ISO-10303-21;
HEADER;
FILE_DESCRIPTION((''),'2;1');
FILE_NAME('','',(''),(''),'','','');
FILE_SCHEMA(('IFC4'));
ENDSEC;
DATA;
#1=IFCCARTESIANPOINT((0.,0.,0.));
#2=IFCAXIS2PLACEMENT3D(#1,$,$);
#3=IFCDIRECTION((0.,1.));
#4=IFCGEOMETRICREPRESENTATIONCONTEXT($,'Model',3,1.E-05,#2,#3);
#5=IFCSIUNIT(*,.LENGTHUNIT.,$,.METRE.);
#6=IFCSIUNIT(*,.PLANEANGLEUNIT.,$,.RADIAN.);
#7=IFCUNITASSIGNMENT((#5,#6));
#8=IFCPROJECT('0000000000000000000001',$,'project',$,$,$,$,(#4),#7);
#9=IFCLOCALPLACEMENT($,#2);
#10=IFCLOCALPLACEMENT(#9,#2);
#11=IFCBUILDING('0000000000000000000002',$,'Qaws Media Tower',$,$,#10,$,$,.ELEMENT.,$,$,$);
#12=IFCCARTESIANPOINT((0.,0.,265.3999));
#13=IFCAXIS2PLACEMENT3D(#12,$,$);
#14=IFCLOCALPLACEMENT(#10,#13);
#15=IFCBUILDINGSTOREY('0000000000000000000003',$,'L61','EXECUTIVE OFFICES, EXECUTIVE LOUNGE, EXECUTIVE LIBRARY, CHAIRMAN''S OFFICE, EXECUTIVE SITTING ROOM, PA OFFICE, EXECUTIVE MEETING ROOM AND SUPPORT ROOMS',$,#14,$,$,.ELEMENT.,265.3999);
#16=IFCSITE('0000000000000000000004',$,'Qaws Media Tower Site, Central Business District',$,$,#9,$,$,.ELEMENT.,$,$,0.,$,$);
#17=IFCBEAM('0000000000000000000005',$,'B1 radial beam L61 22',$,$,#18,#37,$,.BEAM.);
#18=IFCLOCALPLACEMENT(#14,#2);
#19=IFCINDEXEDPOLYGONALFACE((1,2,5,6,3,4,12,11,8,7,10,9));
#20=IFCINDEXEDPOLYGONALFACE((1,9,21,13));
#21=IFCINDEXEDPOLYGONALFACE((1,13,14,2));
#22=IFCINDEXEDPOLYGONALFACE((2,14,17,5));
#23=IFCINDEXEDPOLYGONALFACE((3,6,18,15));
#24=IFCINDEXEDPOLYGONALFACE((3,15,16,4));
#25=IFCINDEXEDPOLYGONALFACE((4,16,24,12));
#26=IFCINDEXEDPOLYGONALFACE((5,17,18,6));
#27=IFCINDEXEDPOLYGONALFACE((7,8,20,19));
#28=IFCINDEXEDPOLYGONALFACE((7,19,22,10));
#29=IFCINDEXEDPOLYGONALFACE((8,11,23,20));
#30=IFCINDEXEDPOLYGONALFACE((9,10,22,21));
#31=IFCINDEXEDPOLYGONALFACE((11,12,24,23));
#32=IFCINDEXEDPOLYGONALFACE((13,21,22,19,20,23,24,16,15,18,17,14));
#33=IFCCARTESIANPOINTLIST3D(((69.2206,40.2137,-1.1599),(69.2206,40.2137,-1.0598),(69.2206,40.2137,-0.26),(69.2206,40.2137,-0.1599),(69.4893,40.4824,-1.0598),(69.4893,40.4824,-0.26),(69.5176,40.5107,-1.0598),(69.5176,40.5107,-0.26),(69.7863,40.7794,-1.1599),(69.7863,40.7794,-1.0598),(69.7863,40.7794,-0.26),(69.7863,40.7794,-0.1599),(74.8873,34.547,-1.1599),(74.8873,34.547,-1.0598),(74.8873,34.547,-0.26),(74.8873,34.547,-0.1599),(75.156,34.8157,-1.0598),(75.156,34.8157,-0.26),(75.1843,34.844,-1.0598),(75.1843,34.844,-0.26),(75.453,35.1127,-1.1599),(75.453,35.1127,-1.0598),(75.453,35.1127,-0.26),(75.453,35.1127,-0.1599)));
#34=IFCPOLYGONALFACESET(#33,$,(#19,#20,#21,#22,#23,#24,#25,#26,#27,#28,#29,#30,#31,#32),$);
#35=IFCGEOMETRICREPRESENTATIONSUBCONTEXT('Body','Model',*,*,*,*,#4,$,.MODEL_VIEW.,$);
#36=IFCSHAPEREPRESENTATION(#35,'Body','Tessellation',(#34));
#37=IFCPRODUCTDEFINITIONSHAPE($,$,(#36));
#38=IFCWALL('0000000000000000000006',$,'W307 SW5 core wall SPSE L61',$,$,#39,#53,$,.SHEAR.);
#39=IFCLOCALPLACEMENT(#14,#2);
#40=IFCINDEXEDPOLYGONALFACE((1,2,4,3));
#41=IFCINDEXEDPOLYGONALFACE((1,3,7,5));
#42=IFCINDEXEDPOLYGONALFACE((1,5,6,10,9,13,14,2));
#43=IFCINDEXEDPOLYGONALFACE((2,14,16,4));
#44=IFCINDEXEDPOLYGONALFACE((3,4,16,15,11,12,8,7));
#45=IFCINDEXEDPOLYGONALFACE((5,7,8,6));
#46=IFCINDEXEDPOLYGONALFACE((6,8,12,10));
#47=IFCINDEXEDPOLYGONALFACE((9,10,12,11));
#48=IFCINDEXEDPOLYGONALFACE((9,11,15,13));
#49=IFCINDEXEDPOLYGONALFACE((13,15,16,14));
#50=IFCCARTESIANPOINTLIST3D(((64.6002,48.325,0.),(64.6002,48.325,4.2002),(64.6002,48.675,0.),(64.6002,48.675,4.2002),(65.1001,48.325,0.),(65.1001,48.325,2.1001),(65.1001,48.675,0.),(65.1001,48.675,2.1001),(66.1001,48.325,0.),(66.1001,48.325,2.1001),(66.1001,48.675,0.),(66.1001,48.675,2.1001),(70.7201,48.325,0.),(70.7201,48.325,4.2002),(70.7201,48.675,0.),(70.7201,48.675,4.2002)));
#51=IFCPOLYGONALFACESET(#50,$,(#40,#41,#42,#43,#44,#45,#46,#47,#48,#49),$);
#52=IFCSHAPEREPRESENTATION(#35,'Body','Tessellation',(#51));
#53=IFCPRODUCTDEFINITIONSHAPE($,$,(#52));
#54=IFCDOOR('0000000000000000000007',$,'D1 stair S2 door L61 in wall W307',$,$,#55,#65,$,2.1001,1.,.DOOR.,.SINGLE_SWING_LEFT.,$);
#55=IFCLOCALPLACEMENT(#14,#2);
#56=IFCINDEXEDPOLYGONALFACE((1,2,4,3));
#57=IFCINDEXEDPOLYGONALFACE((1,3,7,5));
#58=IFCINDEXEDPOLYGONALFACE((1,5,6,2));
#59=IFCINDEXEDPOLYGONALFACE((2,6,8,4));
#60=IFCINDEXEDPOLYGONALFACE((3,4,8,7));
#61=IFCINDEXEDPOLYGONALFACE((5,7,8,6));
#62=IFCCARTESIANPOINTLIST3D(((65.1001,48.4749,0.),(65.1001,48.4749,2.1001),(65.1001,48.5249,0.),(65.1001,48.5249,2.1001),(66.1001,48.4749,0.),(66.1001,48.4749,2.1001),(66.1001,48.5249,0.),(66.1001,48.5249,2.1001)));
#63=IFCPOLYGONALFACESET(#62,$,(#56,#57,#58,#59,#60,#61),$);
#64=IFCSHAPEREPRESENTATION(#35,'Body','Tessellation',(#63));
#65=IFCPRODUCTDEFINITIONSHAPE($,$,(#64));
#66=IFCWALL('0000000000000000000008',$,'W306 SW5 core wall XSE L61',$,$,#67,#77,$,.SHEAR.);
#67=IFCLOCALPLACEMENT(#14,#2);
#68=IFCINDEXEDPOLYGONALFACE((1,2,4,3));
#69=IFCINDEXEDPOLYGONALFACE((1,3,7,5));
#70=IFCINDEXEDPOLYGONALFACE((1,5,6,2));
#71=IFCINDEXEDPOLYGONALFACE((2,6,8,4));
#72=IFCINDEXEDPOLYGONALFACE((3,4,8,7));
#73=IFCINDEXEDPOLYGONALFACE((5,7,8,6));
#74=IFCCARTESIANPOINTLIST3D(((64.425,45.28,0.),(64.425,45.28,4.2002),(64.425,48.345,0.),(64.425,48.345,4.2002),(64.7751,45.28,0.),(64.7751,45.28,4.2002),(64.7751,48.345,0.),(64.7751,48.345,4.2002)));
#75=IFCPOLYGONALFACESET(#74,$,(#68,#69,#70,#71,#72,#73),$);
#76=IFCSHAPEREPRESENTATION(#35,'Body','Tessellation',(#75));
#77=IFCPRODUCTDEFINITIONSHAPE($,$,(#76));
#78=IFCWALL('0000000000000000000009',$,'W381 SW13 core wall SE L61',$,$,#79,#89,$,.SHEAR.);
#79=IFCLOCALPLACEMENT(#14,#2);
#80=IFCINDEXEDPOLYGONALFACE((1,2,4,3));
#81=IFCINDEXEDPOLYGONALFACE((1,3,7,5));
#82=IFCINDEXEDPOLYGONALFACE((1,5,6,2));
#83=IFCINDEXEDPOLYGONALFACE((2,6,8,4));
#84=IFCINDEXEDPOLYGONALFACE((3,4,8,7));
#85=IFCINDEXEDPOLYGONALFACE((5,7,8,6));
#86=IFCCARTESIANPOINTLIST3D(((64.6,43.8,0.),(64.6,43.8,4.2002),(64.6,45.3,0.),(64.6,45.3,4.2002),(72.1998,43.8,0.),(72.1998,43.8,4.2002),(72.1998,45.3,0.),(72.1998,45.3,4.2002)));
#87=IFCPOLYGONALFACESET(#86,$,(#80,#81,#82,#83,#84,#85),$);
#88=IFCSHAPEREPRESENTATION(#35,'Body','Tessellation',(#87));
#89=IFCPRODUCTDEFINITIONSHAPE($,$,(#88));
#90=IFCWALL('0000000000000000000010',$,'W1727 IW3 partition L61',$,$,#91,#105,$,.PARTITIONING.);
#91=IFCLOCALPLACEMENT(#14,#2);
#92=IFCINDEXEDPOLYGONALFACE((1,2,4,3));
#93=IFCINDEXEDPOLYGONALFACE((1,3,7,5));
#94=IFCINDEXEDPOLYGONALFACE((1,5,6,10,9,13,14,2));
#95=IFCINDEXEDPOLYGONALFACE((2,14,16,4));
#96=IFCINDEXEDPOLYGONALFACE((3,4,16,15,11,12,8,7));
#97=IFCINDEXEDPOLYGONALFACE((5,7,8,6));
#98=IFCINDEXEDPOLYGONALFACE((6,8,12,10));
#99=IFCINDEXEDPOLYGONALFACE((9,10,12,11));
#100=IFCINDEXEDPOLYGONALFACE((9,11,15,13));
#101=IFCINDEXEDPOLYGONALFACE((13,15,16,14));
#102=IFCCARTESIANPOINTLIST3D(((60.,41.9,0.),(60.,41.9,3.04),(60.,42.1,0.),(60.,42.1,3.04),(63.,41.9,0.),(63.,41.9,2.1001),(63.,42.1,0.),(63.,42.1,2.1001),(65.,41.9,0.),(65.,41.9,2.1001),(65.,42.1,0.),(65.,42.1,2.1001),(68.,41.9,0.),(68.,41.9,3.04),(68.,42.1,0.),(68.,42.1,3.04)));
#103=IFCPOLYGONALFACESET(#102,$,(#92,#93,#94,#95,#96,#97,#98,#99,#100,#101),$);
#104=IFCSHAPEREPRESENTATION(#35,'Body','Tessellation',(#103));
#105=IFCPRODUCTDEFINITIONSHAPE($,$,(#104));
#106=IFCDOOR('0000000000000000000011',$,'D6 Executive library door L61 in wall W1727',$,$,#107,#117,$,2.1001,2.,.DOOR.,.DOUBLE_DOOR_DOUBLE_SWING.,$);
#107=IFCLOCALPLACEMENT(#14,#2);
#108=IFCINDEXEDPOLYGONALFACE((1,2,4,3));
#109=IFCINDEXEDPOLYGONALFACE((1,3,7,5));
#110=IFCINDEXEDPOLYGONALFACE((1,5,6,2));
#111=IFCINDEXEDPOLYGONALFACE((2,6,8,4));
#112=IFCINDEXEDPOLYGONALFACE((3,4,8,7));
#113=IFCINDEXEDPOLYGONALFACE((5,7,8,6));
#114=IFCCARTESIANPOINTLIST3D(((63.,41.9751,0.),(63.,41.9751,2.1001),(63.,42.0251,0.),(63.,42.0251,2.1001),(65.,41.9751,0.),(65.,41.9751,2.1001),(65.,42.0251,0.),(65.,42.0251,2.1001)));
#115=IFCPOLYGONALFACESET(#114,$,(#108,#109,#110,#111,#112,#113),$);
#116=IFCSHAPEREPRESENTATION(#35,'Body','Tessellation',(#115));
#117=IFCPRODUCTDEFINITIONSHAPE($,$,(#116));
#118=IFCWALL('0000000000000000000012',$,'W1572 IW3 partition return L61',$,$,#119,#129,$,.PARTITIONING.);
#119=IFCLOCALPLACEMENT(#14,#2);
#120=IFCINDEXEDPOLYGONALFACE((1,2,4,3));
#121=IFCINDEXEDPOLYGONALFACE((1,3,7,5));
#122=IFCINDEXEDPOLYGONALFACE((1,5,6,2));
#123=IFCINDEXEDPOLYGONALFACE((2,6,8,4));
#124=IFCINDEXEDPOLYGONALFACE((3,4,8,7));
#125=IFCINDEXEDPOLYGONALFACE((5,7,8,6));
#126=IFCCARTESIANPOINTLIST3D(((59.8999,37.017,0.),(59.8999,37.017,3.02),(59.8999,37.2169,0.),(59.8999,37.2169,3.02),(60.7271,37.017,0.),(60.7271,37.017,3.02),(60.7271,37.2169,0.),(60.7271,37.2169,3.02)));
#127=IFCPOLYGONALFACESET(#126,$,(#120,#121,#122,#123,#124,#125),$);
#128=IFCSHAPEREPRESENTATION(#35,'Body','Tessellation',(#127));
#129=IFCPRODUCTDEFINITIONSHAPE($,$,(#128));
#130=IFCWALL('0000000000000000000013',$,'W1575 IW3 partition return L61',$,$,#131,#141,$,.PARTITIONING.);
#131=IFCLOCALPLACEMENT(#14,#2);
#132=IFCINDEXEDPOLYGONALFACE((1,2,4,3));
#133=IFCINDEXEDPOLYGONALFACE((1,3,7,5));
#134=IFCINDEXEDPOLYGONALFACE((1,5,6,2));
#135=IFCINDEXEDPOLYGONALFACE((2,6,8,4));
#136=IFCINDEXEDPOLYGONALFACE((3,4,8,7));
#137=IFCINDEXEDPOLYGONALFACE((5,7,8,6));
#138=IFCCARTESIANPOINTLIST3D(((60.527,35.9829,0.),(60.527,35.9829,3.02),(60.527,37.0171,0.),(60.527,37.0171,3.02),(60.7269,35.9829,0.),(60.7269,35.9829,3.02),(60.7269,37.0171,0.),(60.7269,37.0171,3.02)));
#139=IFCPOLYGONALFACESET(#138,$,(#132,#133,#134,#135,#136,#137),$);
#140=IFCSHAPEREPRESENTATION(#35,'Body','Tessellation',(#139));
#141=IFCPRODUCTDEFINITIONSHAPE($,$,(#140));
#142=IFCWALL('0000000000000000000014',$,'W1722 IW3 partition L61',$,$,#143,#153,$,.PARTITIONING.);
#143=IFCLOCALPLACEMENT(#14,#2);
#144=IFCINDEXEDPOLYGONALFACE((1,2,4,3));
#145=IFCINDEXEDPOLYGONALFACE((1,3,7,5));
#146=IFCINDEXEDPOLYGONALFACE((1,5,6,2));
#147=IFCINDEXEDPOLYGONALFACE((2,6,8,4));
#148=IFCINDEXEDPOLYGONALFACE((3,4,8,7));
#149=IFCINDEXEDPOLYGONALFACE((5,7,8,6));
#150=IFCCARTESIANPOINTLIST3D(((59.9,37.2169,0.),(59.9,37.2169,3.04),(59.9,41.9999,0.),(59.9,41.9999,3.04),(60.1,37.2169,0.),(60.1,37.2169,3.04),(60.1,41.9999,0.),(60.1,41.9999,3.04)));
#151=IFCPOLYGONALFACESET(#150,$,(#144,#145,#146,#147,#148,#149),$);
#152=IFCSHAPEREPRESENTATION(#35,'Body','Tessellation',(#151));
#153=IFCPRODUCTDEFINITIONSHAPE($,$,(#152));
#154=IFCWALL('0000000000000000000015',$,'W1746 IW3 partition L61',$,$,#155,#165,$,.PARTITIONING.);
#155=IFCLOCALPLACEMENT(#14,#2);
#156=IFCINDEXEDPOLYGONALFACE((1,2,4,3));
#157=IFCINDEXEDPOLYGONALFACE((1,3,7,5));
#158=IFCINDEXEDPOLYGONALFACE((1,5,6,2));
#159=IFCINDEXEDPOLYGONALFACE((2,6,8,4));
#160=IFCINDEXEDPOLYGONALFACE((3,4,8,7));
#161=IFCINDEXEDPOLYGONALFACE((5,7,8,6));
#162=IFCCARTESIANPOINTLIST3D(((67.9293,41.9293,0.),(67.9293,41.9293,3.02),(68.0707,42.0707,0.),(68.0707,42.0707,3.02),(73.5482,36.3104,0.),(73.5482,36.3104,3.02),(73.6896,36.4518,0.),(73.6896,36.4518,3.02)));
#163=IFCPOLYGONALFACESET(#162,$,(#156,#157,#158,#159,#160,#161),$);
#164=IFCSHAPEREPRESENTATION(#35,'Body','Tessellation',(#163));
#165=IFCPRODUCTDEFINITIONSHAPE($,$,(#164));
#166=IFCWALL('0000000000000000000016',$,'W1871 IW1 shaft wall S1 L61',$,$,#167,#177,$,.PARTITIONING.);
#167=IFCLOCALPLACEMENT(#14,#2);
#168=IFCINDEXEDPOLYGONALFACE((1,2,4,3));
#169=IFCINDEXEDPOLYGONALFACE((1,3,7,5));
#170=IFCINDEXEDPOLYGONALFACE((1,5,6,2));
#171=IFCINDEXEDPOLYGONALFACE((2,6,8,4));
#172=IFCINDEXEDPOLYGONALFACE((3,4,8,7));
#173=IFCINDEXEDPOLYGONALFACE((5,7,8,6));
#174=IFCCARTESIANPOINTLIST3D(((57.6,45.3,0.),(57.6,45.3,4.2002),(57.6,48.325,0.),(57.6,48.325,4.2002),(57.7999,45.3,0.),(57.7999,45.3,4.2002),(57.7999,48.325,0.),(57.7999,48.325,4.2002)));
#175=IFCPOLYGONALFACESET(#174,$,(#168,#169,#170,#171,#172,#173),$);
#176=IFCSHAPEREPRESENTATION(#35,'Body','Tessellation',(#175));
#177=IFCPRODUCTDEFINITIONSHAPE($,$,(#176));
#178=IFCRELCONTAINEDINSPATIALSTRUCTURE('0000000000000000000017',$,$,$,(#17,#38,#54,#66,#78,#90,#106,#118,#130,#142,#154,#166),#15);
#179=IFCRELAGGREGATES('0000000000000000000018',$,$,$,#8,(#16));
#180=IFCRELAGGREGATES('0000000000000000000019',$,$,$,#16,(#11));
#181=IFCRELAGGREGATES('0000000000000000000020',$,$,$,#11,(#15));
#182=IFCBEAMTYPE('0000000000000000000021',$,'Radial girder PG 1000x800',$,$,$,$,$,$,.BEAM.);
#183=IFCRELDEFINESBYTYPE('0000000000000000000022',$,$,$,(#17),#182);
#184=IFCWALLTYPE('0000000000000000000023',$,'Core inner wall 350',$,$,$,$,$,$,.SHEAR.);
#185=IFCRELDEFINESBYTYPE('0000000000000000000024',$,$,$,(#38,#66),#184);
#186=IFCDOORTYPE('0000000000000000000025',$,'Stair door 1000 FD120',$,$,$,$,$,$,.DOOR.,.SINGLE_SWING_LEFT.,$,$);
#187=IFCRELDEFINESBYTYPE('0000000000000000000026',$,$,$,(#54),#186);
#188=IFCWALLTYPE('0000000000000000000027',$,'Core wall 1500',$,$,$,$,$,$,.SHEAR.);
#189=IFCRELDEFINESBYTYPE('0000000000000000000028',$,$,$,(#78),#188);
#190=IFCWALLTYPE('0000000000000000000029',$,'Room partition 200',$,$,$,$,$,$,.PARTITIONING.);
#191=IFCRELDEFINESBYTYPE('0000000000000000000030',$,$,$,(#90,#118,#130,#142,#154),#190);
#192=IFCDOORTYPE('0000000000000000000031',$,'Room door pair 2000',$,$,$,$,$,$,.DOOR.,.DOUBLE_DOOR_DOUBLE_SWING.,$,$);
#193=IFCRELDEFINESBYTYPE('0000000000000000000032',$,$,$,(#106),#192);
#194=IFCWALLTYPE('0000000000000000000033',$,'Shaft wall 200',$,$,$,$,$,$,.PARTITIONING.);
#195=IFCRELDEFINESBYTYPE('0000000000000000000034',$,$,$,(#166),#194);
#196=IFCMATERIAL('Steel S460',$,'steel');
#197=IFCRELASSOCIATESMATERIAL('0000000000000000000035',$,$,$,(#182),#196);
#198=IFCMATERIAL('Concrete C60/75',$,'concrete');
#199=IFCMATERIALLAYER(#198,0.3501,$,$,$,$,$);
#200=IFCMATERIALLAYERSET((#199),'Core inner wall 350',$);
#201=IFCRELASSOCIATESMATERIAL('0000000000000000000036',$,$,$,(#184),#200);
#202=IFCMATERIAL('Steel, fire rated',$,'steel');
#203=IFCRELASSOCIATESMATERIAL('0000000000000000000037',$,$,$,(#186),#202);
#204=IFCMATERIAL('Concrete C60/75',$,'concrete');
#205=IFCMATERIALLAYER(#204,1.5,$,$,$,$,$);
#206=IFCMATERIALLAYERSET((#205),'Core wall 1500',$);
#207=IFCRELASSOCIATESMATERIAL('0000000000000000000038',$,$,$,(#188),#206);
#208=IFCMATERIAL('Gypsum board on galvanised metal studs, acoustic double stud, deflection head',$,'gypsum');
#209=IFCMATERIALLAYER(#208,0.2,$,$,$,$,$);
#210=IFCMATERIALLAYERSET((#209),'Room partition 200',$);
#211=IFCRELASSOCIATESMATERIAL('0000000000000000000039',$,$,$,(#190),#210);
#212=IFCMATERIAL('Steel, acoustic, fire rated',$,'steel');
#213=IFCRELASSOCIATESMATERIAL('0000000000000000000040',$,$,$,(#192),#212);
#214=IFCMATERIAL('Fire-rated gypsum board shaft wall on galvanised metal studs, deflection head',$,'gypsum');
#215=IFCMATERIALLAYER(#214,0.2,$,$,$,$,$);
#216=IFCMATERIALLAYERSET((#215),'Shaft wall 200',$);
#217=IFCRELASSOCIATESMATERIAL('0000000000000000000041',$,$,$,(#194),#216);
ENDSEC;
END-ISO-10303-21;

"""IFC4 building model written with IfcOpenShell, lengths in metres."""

from ifc_helpers import new_model, si_unit, direction, frame, frame_2d, origin, origin_2d, place, context, subcontext, project, spatial, rectangle, i_section, extrude, material, layer, layer_set, material_profile, profile_set, type_object, element, fill, save


model = new_model("IFC4")

# Units and contexts
model_context = context("Model", 3, precision=1e-05, world=origin(), true_north=direction((0.0, 1.0)))
body_context = subcontext(model_context, "Body", "Model", "MODEL_VIEW")
ifc_project = project(units=[si_unit("LENGTHUNIT", "METRE"), si_unit("PLANEANGLEUNIT", "RADIAN")], contexts=[model_context])

# Site, building, storey
site_placement = place(None, origin())
site = spatial("IfcSite", under=ifc_project, at=site_placement, Name="Qaws Media Tower Site, Central Business District", CompositionType="ELEMENT", RefElevation=0.0)
building_placement = place(site_placement, origin())
building = spatial("IfcBuilding", under=site, at=building_placement, Name="Qaws Media Tower", CompositionType="ELEMENT")
storey_placement = place(building_placement, frame((0.0, 0.0, 265.3999)))
storey = spatial("IfcBuildingStorey", under=building, at=storey_placement, Name="L61", Description="EXECUTIVE OFFICES, EXECUTIVE LOUNGE, EXECUTIVE LIBRARY, CHAIRMAN'S OFFICE, EXECUTIVE SITTING ROOM, PA OFFICE, EXECUTIVE MEETING ROOM AND SUPPORT ROOMS", CompositionType="ELEMENT", Elevation=265.3999)

# Beam
ifc_material_1 = material(Name="Steel S460", Category="steel")
ifc_material_profile_1 = material_profile(ifc_material_1, i_section(OverallWidth=0.8, OverallDepth=1.0, WebThickness=0.04, FlangeThickness=0.1001, at=origin_2d()), Name="PG 1000x800")
ifc_profile_set_1 = profile_set([ifc_material_profile_1], Name="Steel S460")
beam_type_1 = type_object("IfcBeamType", Name="Radial girder PG 1000x800", PredefinedType="BEAM", material=ifc_profile_set_1)
beam_1_placement = place(storey_placement, frame((69.5034, 40.4966, -0.6599), z_axis=(0.707107, -0.707107, 0.0), x_axis=(0.707107, 0.707107, 0.0)))
element("IfcBeam", 1, at=beam_1_placement, inside=storey, type_object=beam_type_1, Name="B1 radial beam L61 22", PredefinedType="BEAM", context=body_context, shape_type="SweptSolid", body=[
    extrude(i_section(OverallWidth=0.8, OverallDepth=1.0, WebThickness=0.04, FlangeThickness=0.1001, at=origin_2d()), origin(), (0.0, 0.0, 1.0), 8.0139),
])

# Wall, opening, door
ifc_material_2 = material(Name="Concrete C60/75", Category="concrete")
ifc_layer_1 = layer(ifc_material_2, 0.3501)
ifc_layer_set_1 = layer_set([ifc_layer_1], Name="Core inner wall 350")
wall_type_1 = type_object("IfcWallType", Name="Core inner wall 350", PredefinedType="SHEAR", material=ifc_layer_set_1)
wall_1_placement = place(storey_placement, frame((64.6001, 48.5, 0.0), z_axis=(0.0, 0.0, 1.0), x_axis=(1.0, 0.0, 0.0)))
wall_1 = element("IfcWall", 2, at=wall_1_placement, inside=storey, type_object=wall_type_1, Name="W307 SW5 core wall SPSE L61", PredefinedType="SHEAR", context=body_context, shape_type="SweptSolid", body=[
    extrude(rectangle(XDim=6.1199, YDim=0.3501, at=frame_2d((3.0601, 0.0))), origin(), (0.0, 0.0, 1.0), 4.2002),
])
opening_1_placement = place(wall_1_placement, frame((0.5, 0.0, 0.0)))
opening_1 = element("IfcOpeningElement", 3, at=opening_1_placement, cuts=wall_1, PredefinedType="OPENING", context=body_context, shape_type="SweptSolid", body=[
    extrude(rectangle(XDim=1.0, YDim=2.1001, at=frame_2d((0.5, 1.05))), frame((0.0, 0.1851, 0.0), z_axis=(0.0, -1.0, 0.0), x_axis=(1.0, 0.0, 0.0)), (0.0, 0.0, 1.0), 0.3701),
])
ifc_material_3 = material(Name="Steel, fire rated", Category="steel")
door_type_1 = type_object("IfcDoorType", Name="Stair door 1000 FD120", OperationType="SINGLE_SWING_LEFT", PredefinedType="DOOR", material=ifc_material_3)
door_1_placement = place(opening_1_placement, origin())
door_1 = element("IfcDoor", 4, at=door_1_placement, inside=storey, type_object=door_type_1, Name="D1 stair S2 door L61 in wall W307", OperationType="SINGLE_SWING_LEFT", OverallHeight=2.1001, OverallWidth=1.0, PredefinedType="DOOR", context=body_context, shape_type="SweptSolid", body=[
    extrude(rectangle(XDim=1.0, YDim=2.1001, at=frame_2d((0.5, 1.05))), frame((0.0, 0.0249, 0.0), z_axis=(0.0, -1.0, 0.0), x_axis=(1.0, 0.0, 0.0)), (0.0, 0.0, 1.0), 0.05),
])
fill(opening_1, door_1)

# Walls
wall_2_placement = place(storey_placement, frame((64.6001, 48.345, 0.0), z_axis=(0.0, 0.0, 1.0), x_axis=(0.0, -1.0, 0.0)))
element("IfcWall", 5, at=wall_2_placement, inside=storey, type_object=wall_type_1, Name="W306 SW5 core wall XSE L61", PredefinedType="SHEAR", context=body_context, shape_type="SweptSolid", body=[
    extrude(rectangle(XDim=3.0649, YDim=0.3501, at=frame_2d((1.5325, 0.0))), origin(), (0.0, 0.0, 1.0), 4.2002),
])
ifc_material_4 = material(Name="Concrete C60/75", Category="concrete")
ifc_layer_2 = layer(ifc_material_4, 1.5)
ifc_layer_set_2 = layer_set([ifc_layer_2], Name="Core wall 1500")
wall_type_2 = type_object("IfcWallType", Name="Core wall 1500", PredefinedType="SHEAR", material=ifc_layer_set_2)
wall_3_placement = place(storey_placement, frame((64.6001, 44.55, 0.0), z_axis=(0.0, 0.0, 1.0), x_axis=(1.0, 0.0, 0.0)))
element("IfcWall", 6, at=wall_3_placement, inside=storey, type_object=wall_type_2, Name="W381 SW13 core wall SE L61", PredefinedType="SHEAR", context=body_context, shape_type="SweptSolid", body=[
    extrude(rectangle(XDim=7.5999, YDim=1.5, at=frame_2d((3.7998, 0.0))), origin(), (0.0, 0.0, 1.0), 4.2002),
])

# Wall, opening, door
ifc_material_5 = material(Name="Gypsum board on galvanised metal studs, acoustic double stud, deflection head", Category="gypsum")
ifc_layer_3 = layer(ifc_material_5, 0.2)
ifc_layer_set_3 = layer_set([ifc_layer_3], Name="Room partition 200")
wall_type_3 = type_object("IfcWallType", Name="Room partition 200", PredefinedType="PARTITIONING", material=ifc_layer_set_3)
wall_4_placement = place(storey_placement, frame((68.0, 42.0, 0.0), z_axis=(0.0, 0.0, 1.0), x_axis=(-1.0, 0.0, 0.0)))
wall_4 = element("IfcWall", 7, at=wall_4_placement, inside=storey, type_object=wall_type_3, Name="W1727 IW3 partition L61", PredefinedType="PARTITIONING", context=body_context, shape_type="SweptSolid", body=[
    extrude(rectangle(XDim=8.0, YDim=0.2, at=frame_2d((4.0, 0.0))), origin(), (0.0, 0.0, 1.0), 3.04),
])
opening_2_placement = place(wall_4_placement, frame((3.0, 0.0, 0.0)))
opening_2 = element("IfcOpeningElement", 8, at=opening_2_placement, cuts=wall_4, PredefinedType="OPENING", context=body_context, shape_type="SweptSolid", body=[
    extrude(rectangle(XDim=2.0, YDim=2.1001, at=frame_2d((1.0, 1.05))), frame((0.0, 0.1099, 0.0), z_axis=(0.0, -1.0, 0.0), x_axis=(1.0, 0.0, 0.0)), (0.0, 0.0, 1.0), 0.22),
])
ifc_material_6 = material(Name="Steel, acoustic, fire rated", Category="steel")
door_type_2 = type_object("IfcDoorType", Name="Room door pair 2000", OperationType="DOUBLE_DOOR_DOUBLE_SWING", PredefinedType="DOOR", material=ifc_material_6)
door_2_placement = place(opening_2_placement, origin())
door_2 = element("IfcDoor", 9, at=door_2_placement, inside=storey, type_object=door_type_2, Name="D6 Executive library door L61 in wall W1727", OperationType="DOUBLE_DOOR_DOUBLE_SWING", OverallHeight=2.1001, OverallWidth=2.0, PredefinedType="DOOR", context=body_context, shape_type="SweptSolid", body=[
    extrude(rectangle(XDim=2.0, YDim=2.1001, at=frame_2d((1.0, 1.05))), frame((0.0, 0.0249, 0.0), z_axis=(0.0, -1.0, 0.0), x_axis=(1.0, 0.0, 0.0)), (0.0, 0.0, 1.0), 0.05),
])
fill(opening_2, door_2)

# Walls
wall_5_placement = place(storey_placement, frame((59.8999, 37.1169, 0.0), z_axis=(0.0, 0.0, 1.0), x_axis=(1.0, 0.0, 0.0)))
element("IfcWall", 10, at=wall_5_placement, inside=storey, type_object=wall_type_3, Name="W1572 IW3 partition return L61", PredefinedType="PARTITIONING", context=body_context, shape_type="SweptSolid", body=[
    extrude(rectangle(XDim=0.8271, YDim=0.2, at=frame_2d((0.4136, 0.0))), origin(), (0.0, 0.0, 1.0), 3.02),
])
wall_6_placement = place(storey_placement, frame((60.627, 37.0171, 0.0), z_axis=(0.0, 0.0, 1.0), x_axis=(0.0, -1.0, 0.0)))
element("IfcWall", 11, at=wall_6_placement, inside=storey, type_object=wall_type_3, Name="W1575 IW3 partition return L61", PredefinedType="PARTITIONING", context=body_context, shape_type="SweptSolid", body=[
    extrude(rectangle(XDim=1.0342, YDim=0.2, at=frame_2d((0.5171, 0.0))), origin(), (0.0, 0.0, 1.0), 3.02),
])
wall_7_placement = place(storey_placement, frame((60.0, 42.0, 0.0), z_axis=(0.0, 0.0, 1.0), x_axis=(0.0, -1.0, 0.0)))
element("IfcWall", 12, at=wall_7_placement, inside=storey, type_object=wall_type_3, Name="W1722 IW3 partition L61", PredefinedType="PARTITIONING", context=body_context, shape_type="SweptSolid", body=[
    extrude(rectangle(XDim=4.783, YDim=0.2, at=frame_2d((2.3916, 0.0))), origin(), (0.0, 0.0, 1.0), 3.04),
])
wall_8_placement = place(storey_placement, frame((68.0, 42.0, 0.0), z_axis=(0.0, 0.0, 1.0), x_axis=(0.707107, -0.707107, 0.0)))
element("IfcWall", 13, at=wall_8_placement, inside=storey, type_object=wall_type_3, Name="W1746 IW3 partition L61", PredefinedType="PARTITIONING", context=body_context, shape_type="SweptSolid", body=[
    extrude(rectangle(XDim=7.9463, YDim=0.2, at=frame_2d((3.9731, 0.0))), origin(), (0.0, 0.0, 1.0), 3.02),
])
ifc_material_7 = material(Name="Fire-rated gypsum board shaft wall on galvanised metal studs, deflection head", Category="gypsum")
ifc_layer_4 = layer(ifc_material_7, 0.2)
ifc_layer_set_4 = layer_set([ifc_layer_4], Name="Shaft wall 200")
wall_type_4 = type_object("IfcWallType", Name="Shaft wall 200", PredefinedType="PARTITIONING", material=ifc_layer_set_4)
for number, where, z_axis, x_axis, name in (
    (14, (57.7, 45.3, 0.0), (0.0, 0.0, 1.0), (0.0, 1.0, 0.0), "W1871 IW1 shaft wall S1 L61"),
):
    element("IfcWall", number, at=place(storey_placement, frame(where, z_axis=z_axis, x_axis=x_axis)), inside=storey, type_object=wall_type_4, Name=name, PredefinedType="PARTITIONING", context=body_context, shape_type="SweptSolid", body=[
        extrude(rectangle(XDim=3.0249, YDim=0.2, at=frame_2d((1.5125, 0.0))), origin(), (0.0, 0.0, 1.0), 4.2002),
    ])

save(model, "model.ifc")
